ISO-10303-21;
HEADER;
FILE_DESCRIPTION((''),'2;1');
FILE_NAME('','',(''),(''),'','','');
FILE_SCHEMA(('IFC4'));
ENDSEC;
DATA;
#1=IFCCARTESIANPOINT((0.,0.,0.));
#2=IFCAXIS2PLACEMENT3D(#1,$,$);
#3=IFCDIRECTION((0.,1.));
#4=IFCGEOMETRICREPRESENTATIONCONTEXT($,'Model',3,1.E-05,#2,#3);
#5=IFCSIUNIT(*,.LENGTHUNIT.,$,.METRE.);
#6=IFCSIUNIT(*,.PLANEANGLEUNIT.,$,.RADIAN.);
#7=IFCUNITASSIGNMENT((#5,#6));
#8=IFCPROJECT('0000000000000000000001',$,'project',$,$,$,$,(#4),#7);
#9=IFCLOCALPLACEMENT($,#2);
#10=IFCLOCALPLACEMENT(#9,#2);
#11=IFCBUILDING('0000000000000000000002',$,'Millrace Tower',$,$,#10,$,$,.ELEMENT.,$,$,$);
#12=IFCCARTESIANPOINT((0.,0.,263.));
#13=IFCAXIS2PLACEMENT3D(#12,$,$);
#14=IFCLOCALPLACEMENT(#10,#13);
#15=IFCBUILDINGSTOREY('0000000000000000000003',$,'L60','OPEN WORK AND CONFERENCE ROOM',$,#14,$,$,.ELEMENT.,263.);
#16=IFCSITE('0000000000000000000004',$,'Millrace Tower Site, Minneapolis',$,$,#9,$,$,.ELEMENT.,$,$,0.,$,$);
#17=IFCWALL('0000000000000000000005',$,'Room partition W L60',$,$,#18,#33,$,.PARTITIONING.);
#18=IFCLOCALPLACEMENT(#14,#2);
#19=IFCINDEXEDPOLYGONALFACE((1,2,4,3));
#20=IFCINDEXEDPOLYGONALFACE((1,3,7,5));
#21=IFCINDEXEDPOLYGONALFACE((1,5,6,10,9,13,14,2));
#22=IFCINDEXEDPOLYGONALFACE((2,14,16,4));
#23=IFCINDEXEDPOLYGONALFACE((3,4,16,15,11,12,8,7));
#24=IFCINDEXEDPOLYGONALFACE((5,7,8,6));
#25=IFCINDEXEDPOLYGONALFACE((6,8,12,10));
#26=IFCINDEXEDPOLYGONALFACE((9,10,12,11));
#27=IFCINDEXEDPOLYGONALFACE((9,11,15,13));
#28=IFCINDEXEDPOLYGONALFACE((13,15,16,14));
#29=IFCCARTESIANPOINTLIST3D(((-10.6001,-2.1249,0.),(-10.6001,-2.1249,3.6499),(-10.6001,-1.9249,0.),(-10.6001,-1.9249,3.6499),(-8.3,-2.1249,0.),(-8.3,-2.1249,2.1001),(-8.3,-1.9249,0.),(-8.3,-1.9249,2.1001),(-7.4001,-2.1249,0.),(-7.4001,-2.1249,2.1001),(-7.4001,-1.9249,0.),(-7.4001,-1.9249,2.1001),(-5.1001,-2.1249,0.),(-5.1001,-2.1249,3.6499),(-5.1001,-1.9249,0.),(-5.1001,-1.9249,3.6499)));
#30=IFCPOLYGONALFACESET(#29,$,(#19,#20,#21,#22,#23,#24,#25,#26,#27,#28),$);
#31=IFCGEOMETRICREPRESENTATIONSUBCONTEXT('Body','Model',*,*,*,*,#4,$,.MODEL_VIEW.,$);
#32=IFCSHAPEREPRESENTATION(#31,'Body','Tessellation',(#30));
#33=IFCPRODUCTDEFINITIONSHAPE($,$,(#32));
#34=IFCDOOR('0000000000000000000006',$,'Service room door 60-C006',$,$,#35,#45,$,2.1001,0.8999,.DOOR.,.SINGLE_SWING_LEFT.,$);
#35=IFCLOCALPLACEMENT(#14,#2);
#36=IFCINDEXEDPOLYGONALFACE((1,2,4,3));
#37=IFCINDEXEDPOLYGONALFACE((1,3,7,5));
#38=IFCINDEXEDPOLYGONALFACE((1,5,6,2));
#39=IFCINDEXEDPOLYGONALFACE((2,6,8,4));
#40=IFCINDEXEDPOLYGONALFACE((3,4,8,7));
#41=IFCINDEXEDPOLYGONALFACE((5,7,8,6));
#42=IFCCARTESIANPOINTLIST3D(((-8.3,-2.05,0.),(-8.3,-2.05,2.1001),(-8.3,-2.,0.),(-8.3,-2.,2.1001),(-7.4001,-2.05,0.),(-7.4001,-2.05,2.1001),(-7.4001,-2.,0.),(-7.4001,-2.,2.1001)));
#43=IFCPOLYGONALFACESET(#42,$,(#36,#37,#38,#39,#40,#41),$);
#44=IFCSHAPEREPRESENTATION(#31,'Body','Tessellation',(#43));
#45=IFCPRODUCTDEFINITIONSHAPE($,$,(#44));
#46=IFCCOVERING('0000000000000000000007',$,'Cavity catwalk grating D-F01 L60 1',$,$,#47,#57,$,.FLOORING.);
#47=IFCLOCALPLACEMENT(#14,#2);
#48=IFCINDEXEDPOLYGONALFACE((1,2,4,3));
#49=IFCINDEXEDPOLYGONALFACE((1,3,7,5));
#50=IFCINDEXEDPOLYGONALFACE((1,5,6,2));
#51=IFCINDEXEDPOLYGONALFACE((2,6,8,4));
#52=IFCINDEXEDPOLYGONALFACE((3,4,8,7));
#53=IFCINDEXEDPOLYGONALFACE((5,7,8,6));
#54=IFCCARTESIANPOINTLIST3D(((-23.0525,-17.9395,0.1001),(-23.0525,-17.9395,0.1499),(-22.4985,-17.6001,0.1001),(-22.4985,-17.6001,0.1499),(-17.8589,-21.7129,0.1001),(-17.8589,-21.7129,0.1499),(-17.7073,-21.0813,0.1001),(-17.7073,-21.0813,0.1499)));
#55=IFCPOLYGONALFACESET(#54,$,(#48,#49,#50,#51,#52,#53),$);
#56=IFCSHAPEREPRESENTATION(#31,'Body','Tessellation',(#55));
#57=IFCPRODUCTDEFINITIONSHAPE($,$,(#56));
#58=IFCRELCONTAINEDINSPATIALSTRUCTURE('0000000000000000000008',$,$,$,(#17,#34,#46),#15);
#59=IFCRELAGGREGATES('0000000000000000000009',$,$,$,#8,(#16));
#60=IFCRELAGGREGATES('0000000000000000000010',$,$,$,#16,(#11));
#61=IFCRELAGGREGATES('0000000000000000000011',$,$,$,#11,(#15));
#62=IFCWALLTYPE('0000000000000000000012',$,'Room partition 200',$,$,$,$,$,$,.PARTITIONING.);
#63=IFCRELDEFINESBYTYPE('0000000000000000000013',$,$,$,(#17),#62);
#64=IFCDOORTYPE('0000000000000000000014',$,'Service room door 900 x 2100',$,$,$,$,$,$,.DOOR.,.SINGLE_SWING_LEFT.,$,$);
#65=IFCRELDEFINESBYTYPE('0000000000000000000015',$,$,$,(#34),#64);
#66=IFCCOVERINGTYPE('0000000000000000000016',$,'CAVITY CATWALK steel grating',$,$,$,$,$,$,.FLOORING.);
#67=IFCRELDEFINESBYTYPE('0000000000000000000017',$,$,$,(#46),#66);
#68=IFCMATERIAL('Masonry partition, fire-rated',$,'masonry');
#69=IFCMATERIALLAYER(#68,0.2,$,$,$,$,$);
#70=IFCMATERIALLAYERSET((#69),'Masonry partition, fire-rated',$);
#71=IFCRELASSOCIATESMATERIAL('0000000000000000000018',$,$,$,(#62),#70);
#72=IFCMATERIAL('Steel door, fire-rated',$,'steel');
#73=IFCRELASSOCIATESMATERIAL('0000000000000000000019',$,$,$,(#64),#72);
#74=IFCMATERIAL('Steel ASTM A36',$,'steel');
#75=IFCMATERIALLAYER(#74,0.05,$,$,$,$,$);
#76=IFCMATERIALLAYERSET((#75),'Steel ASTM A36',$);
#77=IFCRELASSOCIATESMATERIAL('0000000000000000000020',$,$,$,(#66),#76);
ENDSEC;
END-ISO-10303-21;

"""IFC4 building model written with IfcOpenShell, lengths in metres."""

from ifc_helpers import new_model, si_unit, direction, frame, frame_2d, origin, place, context, subcontext, project, spatial, polyline, rectangle, outline, extrude, material, layer, layer_set, type_object, element, fill, save


model = new_model("IFC4")

# Units and contexts
model_context = context("Model", 3, precision=1e-05, world=origin(), true_north=direction((0.0, 1.0)))
body_context = subcontext(model_context, "Body", "Model", "MODEL_VIEW")
ifc_project = project(units=[si_unit("LENGTHUNIT", "METRE"), si_unit("PLANEANGLEUNIT", "RADIAN")], contexts=[model_context])

# Site, building, storey
site_placement = place(None, origin())
site = spatial("IfcSite", under=ifc_project, at=site_placement, Name="Millrace Tower Site, Minneapolis", CompositionType="ELEMENT", RefElevation=0.0)
building_placement = place(site_placement, origin())
building = spatial("IfcBuilding", under=site, at=building_placement, Name="Millrace Tower", CompositionType="ELEMENT")
storey_placement = place(building_placement, frame((0.0, 0.0, 263.0)))
storey = spatial("IfcBuildingStorey", under=building, at=storey_placement, Name="L60", Description="OPEN WORK AND CONFERENCE ROOM", CompositionType="ELEMENT", Elevation=263.0)

# Wall, opening, door
ifc_material_1 = material(Name="Masonry partition, fire-rated", Category="masonry")
ifc_layer_1 = layer(ifc_material_1, 0.2)
ifc_layer_set_1 = layer_set([ifc_layer_1], Name="Masonry partition, fire-rated")
wall_type_1 = type_object("IfcWallType", Name="Room partition 200", PredefinedType="PARTITIONING", material=ifc_layer_set_1)
wall_1_placement = place(storey_placement, frame((-10.6001, -2.0249, 0.0), z_axis=(0.0, 0.0, 1.0), x_axis=(1.0, 0.0, 0.0)))
wall_1 = element("IfcWall", 1, at=wall_1_placement, inside=storey, type_object=wall_type_1, Name="Room partition W L60", PredefinedType="PARTITIONING", context=body_context, shape_type="SweptSolid", body=[
    extrude(rectangle(XDim=5.5, YDim=0.2, at=frame_2d((2.75, 0.0))), origin(), (0.0, 0.0, 1.0), 3.6499),
])
opening_1_placement = place(wall_1_placement, frame((2.3, 0.0, 0.0)))
opening_1 = element("IfcOpeningElement", 2, at=opening_1_placement, cuts=wall_1, PredefinedType="OPENING", context=body_context, shape_type="SweptSolid", body=[
    extrude(rectangle(XDim=0.8999, YDim=2.1001, at=frame_2d((0.45, 1.05))), frame((0.0, 0.1099, 0.0), z_axis=(0.0, -1.0, 0.0), x_axis=(1.0, 0.0, 0.0)), (0.0, 0.0, 1.0), 0.22),
])
ifc_material_2 = material(Name="Steel door, fire-rated", Category="steel")
door_type_1 = type_object("IfcDoorType", Name="Service room door 900 x 2100", OperationType="SINGLE_SWING_LEFT", PredefinedType="DOOR", material=ifc_material_2)
door_1_placement = place(opening_1_placement, origin())
door_1 = element("IfcDoor", 3, at=door_1_placement, inside=storey, type_object=door_type_1, Name="Service room door 60-C006", OperationType="SINGLE_SWING_LEFT", OverallHeight=2.1001, OverallWidth=0.8999, PredefinedType="DOOR", context=body_context, shape_type="SweptSolid", body=[
    extrude(rectangle(XDim=0.8999, YDim=2.1001, at=frame_2d((0.45, 1.05))), frame((0.0, 0.0249, 0.0), z_axis=(0.0, -1.0, 0.0), x_axis=(1.0, 0.0, 0.0)), (0.0, 0.0, 1.0), 0.05),
])
fill(opening_1, door_1)

# Covering
ifc_material_3 = material(Name="Steel ASTM A36", Category="steel")
ifc_layer_2 = layer(ifc_material_3, 0.05)
ifc_layer_set_2 = layer_set([ifc_layer_2], Name="Steel ASTM A36")
covering_type = type_object("IfcCoveringType", Name="CAVITY CATWALK steel grating", PredefinedType="FLOORING", material=ifc_layer_set_2)
covering_placement = place(storey_placement, frame((0.0, 0.0, 0.1001)))
element("IfcCovering", 4, at=covering_placement, inside=storey, type_object=covering_type, Name="Cavity catwalk grating D-F01 L60 1", PredefinedType="FLOORING", context=body_context, shape_type="SweptSolid", body=[
    extrude(outline(polyline([(-23.0525, -17.9395), (-17.8589, -21.7129), (-17.7073, -21.0813), (-22.4985, -17.6001), (-23.0525, -17.9395)])), origin(), (0.0, 0.0, 1.0), 0.0498),
])

save(model, "model.ifc")
